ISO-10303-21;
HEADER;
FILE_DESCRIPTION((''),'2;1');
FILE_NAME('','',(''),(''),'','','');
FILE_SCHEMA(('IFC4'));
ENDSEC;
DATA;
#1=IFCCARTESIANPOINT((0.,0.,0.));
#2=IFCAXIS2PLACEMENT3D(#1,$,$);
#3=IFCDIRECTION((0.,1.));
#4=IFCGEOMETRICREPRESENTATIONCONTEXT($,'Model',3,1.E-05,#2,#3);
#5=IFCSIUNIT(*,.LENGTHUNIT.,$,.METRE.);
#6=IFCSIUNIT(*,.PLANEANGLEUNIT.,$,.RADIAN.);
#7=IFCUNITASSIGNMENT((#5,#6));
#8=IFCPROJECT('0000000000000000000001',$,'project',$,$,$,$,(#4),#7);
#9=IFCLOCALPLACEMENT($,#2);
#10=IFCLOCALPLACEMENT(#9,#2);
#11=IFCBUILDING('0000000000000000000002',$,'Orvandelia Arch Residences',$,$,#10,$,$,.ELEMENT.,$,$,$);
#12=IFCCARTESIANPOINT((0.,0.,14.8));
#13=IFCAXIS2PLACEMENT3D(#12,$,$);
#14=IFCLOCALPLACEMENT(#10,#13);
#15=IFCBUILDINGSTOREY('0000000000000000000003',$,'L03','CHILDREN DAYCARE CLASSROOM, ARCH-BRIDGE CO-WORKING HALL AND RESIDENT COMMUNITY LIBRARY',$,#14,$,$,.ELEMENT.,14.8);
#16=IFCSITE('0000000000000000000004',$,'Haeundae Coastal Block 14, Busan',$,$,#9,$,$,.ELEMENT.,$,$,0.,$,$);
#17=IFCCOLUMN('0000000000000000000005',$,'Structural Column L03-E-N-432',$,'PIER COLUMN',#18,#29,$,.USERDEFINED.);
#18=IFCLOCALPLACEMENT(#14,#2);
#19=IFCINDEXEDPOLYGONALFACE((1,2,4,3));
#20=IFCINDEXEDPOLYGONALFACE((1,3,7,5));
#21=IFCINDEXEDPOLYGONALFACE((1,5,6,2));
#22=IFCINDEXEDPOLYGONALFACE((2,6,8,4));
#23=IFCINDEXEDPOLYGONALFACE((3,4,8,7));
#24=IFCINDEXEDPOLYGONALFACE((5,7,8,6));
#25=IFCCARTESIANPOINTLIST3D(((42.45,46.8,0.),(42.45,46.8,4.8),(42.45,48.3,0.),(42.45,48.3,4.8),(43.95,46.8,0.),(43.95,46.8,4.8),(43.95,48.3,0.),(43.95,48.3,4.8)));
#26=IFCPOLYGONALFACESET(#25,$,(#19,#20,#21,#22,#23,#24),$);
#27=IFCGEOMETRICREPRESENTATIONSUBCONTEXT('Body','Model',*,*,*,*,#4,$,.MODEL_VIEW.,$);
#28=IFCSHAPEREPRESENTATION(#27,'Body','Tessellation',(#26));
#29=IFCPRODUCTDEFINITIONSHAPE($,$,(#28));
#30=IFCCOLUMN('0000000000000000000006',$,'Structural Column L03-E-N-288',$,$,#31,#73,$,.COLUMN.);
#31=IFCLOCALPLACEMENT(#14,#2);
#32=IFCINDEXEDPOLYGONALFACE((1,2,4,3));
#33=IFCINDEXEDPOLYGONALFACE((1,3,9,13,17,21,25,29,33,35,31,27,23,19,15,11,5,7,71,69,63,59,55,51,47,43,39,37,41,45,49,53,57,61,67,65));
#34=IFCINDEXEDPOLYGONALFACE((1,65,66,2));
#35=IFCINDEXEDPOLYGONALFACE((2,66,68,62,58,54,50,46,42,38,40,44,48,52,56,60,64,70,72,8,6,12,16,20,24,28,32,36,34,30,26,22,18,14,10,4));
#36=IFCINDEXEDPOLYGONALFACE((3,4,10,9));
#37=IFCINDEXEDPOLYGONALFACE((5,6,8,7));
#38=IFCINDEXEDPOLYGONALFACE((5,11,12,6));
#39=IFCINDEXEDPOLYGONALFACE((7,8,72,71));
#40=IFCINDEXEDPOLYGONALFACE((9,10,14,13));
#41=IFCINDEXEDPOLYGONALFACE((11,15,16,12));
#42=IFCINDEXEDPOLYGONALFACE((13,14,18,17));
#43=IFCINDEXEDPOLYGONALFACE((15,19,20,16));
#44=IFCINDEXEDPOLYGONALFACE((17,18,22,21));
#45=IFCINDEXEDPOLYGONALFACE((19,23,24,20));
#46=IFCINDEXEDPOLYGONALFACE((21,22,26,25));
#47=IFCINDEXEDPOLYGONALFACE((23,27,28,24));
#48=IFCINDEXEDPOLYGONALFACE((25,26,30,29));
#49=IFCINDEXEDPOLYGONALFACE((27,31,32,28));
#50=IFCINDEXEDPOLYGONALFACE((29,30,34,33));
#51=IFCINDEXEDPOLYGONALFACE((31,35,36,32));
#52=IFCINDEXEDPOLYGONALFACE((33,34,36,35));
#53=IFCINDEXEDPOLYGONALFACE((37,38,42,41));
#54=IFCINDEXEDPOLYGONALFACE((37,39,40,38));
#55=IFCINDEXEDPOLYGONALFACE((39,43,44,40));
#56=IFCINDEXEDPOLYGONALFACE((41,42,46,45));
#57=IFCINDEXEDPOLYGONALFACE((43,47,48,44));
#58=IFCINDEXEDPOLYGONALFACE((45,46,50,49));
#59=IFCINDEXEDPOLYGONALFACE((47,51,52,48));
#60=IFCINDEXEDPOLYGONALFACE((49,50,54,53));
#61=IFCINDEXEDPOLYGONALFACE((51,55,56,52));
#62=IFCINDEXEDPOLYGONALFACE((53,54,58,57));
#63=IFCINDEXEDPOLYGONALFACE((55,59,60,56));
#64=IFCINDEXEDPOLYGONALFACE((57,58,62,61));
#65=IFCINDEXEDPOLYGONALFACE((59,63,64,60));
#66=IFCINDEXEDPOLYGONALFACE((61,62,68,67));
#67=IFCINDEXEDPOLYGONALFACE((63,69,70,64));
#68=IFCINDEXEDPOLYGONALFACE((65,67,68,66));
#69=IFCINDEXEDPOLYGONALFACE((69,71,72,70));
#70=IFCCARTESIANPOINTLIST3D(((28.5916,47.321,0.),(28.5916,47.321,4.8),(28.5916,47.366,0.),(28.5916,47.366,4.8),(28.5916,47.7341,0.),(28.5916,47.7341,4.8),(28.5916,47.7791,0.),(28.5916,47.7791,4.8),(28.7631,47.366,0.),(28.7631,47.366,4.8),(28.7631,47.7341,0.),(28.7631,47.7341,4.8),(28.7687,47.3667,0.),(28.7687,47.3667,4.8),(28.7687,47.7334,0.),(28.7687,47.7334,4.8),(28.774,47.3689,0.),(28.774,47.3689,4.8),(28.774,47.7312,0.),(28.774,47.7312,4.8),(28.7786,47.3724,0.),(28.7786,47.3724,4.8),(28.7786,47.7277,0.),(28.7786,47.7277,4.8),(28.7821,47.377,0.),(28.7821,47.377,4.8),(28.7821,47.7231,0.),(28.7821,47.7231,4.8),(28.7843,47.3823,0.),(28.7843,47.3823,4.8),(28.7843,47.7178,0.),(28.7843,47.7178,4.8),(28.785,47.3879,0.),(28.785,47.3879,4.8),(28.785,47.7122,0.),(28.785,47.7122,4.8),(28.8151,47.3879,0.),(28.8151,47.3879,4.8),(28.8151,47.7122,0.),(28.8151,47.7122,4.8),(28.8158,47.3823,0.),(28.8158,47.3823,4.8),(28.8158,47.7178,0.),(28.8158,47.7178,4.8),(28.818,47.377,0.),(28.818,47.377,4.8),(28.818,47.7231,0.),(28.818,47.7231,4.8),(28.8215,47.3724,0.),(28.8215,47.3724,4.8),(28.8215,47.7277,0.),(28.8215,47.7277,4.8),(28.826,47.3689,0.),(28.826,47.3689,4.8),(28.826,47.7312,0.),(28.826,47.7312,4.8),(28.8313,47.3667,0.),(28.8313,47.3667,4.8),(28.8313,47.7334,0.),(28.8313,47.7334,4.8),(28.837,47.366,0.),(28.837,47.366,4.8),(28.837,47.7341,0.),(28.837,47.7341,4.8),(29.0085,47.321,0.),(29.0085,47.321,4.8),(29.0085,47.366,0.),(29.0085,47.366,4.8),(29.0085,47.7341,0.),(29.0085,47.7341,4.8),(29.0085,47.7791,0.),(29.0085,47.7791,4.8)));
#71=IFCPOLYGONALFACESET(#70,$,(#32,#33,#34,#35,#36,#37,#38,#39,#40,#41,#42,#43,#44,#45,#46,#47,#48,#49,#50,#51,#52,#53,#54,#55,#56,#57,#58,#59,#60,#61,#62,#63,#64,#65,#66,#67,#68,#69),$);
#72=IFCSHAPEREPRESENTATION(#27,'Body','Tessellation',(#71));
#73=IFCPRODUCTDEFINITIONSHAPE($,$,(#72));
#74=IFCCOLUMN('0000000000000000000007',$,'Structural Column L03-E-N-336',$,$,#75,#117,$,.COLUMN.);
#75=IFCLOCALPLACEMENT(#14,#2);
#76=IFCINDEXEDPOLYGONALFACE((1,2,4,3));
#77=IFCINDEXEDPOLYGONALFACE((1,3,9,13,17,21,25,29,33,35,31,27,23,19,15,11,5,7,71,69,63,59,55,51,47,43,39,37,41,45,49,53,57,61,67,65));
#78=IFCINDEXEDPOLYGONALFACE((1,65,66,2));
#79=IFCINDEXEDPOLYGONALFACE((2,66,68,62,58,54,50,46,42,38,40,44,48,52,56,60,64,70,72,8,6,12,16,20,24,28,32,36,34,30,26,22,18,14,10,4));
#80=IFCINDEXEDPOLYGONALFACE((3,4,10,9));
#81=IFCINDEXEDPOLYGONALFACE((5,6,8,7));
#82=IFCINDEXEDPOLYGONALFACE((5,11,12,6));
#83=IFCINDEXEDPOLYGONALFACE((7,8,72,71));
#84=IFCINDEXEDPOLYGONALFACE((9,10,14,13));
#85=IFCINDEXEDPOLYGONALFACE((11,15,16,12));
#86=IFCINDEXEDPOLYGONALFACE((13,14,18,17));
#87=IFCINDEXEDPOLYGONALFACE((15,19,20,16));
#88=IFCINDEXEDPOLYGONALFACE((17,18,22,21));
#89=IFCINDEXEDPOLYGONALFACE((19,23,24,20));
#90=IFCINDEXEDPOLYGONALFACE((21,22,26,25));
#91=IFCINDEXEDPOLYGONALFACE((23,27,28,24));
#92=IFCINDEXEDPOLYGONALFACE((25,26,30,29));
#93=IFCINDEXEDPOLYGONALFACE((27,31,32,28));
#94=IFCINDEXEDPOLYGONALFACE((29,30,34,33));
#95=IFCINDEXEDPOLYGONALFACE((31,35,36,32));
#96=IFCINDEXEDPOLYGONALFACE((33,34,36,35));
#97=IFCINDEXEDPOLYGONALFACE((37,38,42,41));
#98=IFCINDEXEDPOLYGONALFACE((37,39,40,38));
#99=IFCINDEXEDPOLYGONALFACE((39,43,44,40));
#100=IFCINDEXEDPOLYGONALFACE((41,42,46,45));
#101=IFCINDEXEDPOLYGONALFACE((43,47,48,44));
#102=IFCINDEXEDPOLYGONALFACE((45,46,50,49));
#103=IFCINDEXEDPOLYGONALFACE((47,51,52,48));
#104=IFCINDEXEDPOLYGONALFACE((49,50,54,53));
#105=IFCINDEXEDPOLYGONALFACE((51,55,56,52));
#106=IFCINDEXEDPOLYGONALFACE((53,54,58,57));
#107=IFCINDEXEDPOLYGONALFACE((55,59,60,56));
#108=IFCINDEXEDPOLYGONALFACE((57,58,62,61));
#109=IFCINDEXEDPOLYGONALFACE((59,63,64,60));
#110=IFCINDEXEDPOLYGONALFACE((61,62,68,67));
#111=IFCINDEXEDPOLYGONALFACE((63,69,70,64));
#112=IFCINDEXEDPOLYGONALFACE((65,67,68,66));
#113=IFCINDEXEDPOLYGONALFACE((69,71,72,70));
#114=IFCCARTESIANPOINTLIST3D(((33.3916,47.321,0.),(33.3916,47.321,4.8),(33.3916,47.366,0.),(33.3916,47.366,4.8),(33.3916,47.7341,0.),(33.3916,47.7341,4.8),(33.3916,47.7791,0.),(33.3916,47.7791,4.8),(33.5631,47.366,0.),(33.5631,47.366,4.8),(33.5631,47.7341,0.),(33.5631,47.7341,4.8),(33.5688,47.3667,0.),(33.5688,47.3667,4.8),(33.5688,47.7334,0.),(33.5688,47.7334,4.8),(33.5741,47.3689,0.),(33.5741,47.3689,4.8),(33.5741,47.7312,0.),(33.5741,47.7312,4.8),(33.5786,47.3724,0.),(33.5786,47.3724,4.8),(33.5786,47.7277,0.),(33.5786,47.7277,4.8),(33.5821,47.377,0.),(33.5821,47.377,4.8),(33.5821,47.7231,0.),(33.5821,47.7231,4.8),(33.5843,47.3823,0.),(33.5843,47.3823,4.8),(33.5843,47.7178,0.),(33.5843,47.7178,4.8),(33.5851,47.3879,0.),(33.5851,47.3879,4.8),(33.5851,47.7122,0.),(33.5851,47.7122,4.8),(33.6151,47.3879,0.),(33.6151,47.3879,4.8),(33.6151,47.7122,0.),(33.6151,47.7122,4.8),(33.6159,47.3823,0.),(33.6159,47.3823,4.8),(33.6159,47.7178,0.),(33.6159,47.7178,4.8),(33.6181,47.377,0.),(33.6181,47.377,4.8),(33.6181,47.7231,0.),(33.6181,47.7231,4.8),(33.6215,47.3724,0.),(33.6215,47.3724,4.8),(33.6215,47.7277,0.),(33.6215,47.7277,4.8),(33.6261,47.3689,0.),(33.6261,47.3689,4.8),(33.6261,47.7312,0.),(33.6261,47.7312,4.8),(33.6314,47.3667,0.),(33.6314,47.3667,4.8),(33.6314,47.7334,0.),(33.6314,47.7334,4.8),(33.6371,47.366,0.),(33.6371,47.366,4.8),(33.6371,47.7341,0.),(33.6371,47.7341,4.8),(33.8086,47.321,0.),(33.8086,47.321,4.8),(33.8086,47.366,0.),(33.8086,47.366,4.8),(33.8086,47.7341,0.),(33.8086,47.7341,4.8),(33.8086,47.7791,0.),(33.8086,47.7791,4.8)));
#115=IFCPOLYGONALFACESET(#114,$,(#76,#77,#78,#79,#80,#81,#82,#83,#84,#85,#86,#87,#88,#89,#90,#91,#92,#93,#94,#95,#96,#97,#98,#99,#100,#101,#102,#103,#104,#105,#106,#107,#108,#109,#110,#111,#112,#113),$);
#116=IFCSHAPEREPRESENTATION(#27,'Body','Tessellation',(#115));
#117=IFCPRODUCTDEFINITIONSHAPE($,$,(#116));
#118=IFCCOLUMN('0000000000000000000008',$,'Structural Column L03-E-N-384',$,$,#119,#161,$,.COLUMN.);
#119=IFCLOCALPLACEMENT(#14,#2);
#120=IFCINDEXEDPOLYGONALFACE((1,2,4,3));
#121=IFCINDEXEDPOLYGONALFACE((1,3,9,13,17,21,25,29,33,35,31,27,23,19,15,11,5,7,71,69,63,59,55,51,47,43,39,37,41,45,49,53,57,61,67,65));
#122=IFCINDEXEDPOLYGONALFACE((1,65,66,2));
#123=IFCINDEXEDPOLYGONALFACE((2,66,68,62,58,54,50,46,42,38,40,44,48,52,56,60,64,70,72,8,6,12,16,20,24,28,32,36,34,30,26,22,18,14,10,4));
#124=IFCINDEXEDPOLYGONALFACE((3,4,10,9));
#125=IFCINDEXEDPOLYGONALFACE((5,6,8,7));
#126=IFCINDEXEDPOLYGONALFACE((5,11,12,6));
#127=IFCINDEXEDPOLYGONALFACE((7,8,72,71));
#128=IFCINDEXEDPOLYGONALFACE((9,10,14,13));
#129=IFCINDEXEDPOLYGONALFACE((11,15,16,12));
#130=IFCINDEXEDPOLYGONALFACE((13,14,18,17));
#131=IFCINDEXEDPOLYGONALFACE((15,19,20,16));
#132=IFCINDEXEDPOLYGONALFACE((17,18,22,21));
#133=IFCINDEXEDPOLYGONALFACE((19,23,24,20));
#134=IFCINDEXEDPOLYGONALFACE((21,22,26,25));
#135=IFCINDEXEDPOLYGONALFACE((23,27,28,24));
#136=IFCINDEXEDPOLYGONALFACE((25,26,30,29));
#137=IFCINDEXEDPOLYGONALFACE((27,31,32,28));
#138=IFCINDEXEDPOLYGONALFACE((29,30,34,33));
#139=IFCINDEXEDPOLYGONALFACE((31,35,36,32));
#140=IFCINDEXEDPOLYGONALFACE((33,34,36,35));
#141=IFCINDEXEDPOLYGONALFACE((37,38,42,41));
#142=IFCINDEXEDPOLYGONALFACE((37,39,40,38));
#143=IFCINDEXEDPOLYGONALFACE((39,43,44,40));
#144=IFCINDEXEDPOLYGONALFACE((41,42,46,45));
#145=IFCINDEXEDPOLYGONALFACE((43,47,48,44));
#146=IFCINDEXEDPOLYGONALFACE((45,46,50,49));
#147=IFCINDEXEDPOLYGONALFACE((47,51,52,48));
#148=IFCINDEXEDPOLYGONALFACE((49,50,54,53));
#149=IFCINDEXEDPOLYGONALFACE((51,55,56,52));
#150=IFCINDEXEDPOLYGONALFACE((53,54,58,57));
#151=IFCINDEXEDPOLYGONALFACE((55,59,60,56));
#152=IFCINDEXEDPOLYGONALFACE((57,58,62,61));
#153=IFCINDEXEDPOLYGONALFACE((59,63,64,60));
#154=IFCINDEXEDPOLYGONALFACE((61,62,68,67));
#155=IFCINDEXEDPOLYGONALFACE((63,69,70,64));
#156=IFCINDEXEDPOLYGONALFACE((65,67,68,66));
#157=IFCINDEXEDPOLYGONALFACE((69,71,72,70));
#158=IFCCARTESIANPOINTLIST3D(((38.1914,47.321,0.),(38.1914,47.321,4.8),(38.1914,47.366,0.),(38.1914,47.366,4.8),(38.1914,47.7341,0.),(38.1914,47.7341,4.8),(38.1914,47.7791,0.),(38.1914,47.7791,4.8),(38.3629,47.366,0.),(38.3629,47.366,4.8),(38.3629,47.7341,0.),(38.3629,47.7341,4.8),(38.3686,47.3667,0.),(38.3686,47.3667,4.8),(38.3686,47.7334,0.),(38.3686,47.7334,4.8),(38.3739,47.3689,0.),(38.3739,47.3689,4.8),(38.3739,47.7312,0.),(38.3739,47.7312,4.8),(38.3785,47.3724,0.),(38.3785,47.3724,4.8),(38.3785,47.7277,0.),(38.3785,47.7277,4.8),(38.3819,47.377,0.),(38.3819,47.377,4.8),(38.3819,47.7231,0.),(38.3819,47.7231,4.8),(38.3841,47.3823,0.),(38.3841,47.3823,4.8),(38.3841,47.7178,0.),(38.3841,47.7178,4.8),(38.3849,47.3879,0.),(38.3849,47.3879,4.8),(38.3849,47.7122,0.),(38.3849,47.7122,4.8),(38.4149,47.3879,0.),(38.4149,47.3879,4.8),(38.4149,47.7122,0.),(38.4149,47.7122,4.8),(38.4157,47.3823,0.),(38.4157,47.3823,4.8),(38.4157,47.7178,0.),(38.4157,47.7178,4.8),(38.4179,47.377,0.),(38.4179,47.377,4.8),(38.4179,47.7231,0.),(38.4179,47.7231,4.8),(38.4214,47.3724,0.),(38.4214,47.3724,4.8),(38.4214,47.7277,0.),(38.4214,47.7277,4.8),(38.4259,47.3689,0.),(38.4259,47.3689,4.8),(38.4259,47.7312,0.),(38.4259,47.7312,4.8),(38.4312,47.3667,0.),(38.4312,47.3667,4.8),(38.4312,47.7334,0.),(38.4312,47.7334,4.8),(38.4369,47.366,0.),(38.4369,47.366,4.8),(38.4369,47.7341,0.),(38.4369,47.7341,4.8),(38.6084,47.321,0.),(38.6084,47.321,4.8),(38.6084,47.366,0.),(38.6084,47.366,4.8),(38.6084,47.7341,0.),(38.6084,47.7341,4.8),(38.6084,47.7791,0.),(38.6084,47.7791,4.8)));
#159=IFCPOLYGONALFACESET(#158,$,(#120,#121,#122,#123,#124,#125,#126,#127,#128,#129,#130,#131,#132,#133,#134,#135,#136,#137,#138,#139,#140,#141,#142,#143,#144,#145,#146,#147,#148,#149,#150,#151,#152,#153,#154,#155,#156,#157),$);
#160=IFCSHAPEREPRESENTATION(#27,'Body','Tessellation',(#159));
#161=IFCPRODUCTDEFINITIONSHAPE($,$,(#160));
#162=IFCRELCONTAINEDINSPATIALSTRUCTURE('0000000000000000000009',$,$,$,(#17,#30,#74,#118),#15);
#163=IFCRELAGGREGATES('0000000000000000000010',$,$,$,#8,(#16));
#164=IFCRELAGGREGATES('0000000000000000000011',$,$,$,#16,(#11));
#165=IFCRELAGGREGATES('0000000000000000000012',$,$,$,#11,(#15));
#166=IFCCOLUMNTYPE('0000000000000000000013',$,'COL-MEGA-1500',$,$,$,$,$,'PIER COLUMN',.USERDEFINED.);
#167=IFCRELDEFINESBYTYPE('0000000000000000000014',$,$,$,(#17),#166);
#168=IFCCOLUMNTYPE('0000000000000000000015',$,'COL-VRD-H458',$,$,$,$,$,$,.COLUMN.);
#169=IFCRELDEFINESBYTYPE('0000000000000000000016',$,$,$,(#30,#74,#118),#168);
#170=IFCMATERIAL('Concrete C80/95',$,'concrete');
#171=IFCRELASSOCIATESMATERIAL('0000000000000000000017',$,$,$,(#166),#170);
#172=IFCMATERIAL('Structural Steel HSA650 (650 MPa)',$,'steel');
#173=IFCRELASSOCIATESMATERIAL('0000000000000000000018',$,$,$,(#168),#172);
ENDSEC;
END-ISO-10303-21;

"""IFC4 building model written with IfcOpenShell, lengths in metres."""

from ifc_helpers import new_model, si_unit, direction, frame, origin, origin_2d, place, context, subcontext, project, spatial, rectangle, i_section, extrude, material, material_profile, profile_set, type_object, element, save


model = new_model("IFC4")

# Units and contexts
model_context = context("Model", 3, precision=1e-05, world=origin(), true_north=direction((0.0, 1.0)))
body_context = subcontext(model_context, "Body", "Model", "MODEL_VIEW")
ifc_project = project(units=[si_unit("LENGTHUNIT", "METRE"), si_unit("PLANEANGLEUNIT", "RADIAN")], contexts=[model_context])

# Site, building, storey
site_placement = place(None, origin())
site = spatial("IfcSite", under=ifc_project, at=site_placement, Name="Haeundae Coastal Block 14, Busan", CompositionType="ELEMENT", RefElevation=0.0)
building_placement = place(site_placement, origin())
building = spatial("IfcBuilding", under=site, at=building_placement, Name="Orvandelia Arch Residences", CompositionType="ELEMENT")
storey_placement = place(building_placement, frame((0.0, 0.0, 14.8)))
storey = spatial("IfcBuildingStorey", under=building, at=storey_placement, Name="L03", Description="CHILDREN DAYCARE CLASSROOM, ARCH-BRIDGE CO-WORKING HALL AND RESIDENT COMMUNITY LIBRARY", CompositionType="ELEMENT", Elevation=14.8)

# Columns
ifc_material_1 = material(Name="Concrete C80/95", Category="concrete")
ifc_material_profile_1 = material_profile(ifc_material_1, rectangle(XDim=1.5, YDim=1.5, at=origin_2d()), Name="Concrete C80/95", Category="concrete")
ifc_profile_set_1 = profile_set([ifc_material_profile_1], Name="Concrete C80/95")
column_type_1 = type_object("IfcColumnType", Name="COL-MEGA-1500", ElementType="PIER COLUMN", PredefinedType="USERDEFINED", material=ifc_profile_set_1)
column_placement = place(storey_placement, frame((43.2, 47.55, 0.0), z_axis=(0.0, 0.0, 1.0), x_axis=(1.0, 0.0, 0.0)))
element("IfcColumn", 1, at=column_placement, inside=storey, type_object=column_type_1, Name="Structural Column L03-E-N-432", ObjectType="PIER COLUMN", PredefinedType="USERDEFINED", context=body_context, shape_type="SweptSolid", body=[
    extrude(rectangle(XDim=1.5, YDim=1.5, at=origin_2d()), origin(), (0.0, 0.0, 1.0), 4.8),
])
ifc_material_2 = material(Name="Structural Steel HSA650 (650 MPa)", Category="steel")
ifc_material_profile_2 = material_profile(ifc_material_2, i_section(OverallWidth=0.417, OverallDepth=0.458, WebThickness=0.03, FlangeThickness=0.0449, FilletRadius=0.022, at=origin_2d()), Name="Structural Steel HSA650 (650 MPa)", Category="steel")
ifc_profile_set_2 = profile_set([ifc_material_profile_2], Name="Structural Steel HSA650 (650 MPa)")
column_type_2 = type_object("IfcColumnType", Name="COL-VRD-H458", PredefinedType="COLUMN", material=ifc_profile_set_2)
for number, where, z_axis, x_axis, name in (
    (2, (28.8, 47.55, 0.0), (0.0, 0.0, 1.0), (1.0, 0.0, 0.0), "Structural Column L03-E-N-288"),
    (3, (33.6001, 47.55, 0.0), (0.0, 0.0, 1.0), (1.0, 0.0, 0.0), "Structural Column L03-E-N-336"),
    (4, (38.3999, 47.55, 0.0), (0.0, 0.0, 1.0), (1.0, 0.0, 0.0), "Structural Column L03-E-N-384"),
):
    element("IfcColumn", number, at=place(storey_placement, frame(where, z_axis=z_axis, x_axis=x_axis)), inside=storey, type_object=column_type_2, Name=name, PredefinedType="COLUMN", context=body_context, shape_type="SweptSolid", body=[
        extrude(i_section(OverallWidth=0.417, OverallDepth=0.458, WebThickness=0.03, FlangeThickness=0.0449, FilletRadius=0.022, at=origin_2d()), origin(), (0.0, 0.0, 1.0), 4.8),
    ])

save(model, "model.ifc")
